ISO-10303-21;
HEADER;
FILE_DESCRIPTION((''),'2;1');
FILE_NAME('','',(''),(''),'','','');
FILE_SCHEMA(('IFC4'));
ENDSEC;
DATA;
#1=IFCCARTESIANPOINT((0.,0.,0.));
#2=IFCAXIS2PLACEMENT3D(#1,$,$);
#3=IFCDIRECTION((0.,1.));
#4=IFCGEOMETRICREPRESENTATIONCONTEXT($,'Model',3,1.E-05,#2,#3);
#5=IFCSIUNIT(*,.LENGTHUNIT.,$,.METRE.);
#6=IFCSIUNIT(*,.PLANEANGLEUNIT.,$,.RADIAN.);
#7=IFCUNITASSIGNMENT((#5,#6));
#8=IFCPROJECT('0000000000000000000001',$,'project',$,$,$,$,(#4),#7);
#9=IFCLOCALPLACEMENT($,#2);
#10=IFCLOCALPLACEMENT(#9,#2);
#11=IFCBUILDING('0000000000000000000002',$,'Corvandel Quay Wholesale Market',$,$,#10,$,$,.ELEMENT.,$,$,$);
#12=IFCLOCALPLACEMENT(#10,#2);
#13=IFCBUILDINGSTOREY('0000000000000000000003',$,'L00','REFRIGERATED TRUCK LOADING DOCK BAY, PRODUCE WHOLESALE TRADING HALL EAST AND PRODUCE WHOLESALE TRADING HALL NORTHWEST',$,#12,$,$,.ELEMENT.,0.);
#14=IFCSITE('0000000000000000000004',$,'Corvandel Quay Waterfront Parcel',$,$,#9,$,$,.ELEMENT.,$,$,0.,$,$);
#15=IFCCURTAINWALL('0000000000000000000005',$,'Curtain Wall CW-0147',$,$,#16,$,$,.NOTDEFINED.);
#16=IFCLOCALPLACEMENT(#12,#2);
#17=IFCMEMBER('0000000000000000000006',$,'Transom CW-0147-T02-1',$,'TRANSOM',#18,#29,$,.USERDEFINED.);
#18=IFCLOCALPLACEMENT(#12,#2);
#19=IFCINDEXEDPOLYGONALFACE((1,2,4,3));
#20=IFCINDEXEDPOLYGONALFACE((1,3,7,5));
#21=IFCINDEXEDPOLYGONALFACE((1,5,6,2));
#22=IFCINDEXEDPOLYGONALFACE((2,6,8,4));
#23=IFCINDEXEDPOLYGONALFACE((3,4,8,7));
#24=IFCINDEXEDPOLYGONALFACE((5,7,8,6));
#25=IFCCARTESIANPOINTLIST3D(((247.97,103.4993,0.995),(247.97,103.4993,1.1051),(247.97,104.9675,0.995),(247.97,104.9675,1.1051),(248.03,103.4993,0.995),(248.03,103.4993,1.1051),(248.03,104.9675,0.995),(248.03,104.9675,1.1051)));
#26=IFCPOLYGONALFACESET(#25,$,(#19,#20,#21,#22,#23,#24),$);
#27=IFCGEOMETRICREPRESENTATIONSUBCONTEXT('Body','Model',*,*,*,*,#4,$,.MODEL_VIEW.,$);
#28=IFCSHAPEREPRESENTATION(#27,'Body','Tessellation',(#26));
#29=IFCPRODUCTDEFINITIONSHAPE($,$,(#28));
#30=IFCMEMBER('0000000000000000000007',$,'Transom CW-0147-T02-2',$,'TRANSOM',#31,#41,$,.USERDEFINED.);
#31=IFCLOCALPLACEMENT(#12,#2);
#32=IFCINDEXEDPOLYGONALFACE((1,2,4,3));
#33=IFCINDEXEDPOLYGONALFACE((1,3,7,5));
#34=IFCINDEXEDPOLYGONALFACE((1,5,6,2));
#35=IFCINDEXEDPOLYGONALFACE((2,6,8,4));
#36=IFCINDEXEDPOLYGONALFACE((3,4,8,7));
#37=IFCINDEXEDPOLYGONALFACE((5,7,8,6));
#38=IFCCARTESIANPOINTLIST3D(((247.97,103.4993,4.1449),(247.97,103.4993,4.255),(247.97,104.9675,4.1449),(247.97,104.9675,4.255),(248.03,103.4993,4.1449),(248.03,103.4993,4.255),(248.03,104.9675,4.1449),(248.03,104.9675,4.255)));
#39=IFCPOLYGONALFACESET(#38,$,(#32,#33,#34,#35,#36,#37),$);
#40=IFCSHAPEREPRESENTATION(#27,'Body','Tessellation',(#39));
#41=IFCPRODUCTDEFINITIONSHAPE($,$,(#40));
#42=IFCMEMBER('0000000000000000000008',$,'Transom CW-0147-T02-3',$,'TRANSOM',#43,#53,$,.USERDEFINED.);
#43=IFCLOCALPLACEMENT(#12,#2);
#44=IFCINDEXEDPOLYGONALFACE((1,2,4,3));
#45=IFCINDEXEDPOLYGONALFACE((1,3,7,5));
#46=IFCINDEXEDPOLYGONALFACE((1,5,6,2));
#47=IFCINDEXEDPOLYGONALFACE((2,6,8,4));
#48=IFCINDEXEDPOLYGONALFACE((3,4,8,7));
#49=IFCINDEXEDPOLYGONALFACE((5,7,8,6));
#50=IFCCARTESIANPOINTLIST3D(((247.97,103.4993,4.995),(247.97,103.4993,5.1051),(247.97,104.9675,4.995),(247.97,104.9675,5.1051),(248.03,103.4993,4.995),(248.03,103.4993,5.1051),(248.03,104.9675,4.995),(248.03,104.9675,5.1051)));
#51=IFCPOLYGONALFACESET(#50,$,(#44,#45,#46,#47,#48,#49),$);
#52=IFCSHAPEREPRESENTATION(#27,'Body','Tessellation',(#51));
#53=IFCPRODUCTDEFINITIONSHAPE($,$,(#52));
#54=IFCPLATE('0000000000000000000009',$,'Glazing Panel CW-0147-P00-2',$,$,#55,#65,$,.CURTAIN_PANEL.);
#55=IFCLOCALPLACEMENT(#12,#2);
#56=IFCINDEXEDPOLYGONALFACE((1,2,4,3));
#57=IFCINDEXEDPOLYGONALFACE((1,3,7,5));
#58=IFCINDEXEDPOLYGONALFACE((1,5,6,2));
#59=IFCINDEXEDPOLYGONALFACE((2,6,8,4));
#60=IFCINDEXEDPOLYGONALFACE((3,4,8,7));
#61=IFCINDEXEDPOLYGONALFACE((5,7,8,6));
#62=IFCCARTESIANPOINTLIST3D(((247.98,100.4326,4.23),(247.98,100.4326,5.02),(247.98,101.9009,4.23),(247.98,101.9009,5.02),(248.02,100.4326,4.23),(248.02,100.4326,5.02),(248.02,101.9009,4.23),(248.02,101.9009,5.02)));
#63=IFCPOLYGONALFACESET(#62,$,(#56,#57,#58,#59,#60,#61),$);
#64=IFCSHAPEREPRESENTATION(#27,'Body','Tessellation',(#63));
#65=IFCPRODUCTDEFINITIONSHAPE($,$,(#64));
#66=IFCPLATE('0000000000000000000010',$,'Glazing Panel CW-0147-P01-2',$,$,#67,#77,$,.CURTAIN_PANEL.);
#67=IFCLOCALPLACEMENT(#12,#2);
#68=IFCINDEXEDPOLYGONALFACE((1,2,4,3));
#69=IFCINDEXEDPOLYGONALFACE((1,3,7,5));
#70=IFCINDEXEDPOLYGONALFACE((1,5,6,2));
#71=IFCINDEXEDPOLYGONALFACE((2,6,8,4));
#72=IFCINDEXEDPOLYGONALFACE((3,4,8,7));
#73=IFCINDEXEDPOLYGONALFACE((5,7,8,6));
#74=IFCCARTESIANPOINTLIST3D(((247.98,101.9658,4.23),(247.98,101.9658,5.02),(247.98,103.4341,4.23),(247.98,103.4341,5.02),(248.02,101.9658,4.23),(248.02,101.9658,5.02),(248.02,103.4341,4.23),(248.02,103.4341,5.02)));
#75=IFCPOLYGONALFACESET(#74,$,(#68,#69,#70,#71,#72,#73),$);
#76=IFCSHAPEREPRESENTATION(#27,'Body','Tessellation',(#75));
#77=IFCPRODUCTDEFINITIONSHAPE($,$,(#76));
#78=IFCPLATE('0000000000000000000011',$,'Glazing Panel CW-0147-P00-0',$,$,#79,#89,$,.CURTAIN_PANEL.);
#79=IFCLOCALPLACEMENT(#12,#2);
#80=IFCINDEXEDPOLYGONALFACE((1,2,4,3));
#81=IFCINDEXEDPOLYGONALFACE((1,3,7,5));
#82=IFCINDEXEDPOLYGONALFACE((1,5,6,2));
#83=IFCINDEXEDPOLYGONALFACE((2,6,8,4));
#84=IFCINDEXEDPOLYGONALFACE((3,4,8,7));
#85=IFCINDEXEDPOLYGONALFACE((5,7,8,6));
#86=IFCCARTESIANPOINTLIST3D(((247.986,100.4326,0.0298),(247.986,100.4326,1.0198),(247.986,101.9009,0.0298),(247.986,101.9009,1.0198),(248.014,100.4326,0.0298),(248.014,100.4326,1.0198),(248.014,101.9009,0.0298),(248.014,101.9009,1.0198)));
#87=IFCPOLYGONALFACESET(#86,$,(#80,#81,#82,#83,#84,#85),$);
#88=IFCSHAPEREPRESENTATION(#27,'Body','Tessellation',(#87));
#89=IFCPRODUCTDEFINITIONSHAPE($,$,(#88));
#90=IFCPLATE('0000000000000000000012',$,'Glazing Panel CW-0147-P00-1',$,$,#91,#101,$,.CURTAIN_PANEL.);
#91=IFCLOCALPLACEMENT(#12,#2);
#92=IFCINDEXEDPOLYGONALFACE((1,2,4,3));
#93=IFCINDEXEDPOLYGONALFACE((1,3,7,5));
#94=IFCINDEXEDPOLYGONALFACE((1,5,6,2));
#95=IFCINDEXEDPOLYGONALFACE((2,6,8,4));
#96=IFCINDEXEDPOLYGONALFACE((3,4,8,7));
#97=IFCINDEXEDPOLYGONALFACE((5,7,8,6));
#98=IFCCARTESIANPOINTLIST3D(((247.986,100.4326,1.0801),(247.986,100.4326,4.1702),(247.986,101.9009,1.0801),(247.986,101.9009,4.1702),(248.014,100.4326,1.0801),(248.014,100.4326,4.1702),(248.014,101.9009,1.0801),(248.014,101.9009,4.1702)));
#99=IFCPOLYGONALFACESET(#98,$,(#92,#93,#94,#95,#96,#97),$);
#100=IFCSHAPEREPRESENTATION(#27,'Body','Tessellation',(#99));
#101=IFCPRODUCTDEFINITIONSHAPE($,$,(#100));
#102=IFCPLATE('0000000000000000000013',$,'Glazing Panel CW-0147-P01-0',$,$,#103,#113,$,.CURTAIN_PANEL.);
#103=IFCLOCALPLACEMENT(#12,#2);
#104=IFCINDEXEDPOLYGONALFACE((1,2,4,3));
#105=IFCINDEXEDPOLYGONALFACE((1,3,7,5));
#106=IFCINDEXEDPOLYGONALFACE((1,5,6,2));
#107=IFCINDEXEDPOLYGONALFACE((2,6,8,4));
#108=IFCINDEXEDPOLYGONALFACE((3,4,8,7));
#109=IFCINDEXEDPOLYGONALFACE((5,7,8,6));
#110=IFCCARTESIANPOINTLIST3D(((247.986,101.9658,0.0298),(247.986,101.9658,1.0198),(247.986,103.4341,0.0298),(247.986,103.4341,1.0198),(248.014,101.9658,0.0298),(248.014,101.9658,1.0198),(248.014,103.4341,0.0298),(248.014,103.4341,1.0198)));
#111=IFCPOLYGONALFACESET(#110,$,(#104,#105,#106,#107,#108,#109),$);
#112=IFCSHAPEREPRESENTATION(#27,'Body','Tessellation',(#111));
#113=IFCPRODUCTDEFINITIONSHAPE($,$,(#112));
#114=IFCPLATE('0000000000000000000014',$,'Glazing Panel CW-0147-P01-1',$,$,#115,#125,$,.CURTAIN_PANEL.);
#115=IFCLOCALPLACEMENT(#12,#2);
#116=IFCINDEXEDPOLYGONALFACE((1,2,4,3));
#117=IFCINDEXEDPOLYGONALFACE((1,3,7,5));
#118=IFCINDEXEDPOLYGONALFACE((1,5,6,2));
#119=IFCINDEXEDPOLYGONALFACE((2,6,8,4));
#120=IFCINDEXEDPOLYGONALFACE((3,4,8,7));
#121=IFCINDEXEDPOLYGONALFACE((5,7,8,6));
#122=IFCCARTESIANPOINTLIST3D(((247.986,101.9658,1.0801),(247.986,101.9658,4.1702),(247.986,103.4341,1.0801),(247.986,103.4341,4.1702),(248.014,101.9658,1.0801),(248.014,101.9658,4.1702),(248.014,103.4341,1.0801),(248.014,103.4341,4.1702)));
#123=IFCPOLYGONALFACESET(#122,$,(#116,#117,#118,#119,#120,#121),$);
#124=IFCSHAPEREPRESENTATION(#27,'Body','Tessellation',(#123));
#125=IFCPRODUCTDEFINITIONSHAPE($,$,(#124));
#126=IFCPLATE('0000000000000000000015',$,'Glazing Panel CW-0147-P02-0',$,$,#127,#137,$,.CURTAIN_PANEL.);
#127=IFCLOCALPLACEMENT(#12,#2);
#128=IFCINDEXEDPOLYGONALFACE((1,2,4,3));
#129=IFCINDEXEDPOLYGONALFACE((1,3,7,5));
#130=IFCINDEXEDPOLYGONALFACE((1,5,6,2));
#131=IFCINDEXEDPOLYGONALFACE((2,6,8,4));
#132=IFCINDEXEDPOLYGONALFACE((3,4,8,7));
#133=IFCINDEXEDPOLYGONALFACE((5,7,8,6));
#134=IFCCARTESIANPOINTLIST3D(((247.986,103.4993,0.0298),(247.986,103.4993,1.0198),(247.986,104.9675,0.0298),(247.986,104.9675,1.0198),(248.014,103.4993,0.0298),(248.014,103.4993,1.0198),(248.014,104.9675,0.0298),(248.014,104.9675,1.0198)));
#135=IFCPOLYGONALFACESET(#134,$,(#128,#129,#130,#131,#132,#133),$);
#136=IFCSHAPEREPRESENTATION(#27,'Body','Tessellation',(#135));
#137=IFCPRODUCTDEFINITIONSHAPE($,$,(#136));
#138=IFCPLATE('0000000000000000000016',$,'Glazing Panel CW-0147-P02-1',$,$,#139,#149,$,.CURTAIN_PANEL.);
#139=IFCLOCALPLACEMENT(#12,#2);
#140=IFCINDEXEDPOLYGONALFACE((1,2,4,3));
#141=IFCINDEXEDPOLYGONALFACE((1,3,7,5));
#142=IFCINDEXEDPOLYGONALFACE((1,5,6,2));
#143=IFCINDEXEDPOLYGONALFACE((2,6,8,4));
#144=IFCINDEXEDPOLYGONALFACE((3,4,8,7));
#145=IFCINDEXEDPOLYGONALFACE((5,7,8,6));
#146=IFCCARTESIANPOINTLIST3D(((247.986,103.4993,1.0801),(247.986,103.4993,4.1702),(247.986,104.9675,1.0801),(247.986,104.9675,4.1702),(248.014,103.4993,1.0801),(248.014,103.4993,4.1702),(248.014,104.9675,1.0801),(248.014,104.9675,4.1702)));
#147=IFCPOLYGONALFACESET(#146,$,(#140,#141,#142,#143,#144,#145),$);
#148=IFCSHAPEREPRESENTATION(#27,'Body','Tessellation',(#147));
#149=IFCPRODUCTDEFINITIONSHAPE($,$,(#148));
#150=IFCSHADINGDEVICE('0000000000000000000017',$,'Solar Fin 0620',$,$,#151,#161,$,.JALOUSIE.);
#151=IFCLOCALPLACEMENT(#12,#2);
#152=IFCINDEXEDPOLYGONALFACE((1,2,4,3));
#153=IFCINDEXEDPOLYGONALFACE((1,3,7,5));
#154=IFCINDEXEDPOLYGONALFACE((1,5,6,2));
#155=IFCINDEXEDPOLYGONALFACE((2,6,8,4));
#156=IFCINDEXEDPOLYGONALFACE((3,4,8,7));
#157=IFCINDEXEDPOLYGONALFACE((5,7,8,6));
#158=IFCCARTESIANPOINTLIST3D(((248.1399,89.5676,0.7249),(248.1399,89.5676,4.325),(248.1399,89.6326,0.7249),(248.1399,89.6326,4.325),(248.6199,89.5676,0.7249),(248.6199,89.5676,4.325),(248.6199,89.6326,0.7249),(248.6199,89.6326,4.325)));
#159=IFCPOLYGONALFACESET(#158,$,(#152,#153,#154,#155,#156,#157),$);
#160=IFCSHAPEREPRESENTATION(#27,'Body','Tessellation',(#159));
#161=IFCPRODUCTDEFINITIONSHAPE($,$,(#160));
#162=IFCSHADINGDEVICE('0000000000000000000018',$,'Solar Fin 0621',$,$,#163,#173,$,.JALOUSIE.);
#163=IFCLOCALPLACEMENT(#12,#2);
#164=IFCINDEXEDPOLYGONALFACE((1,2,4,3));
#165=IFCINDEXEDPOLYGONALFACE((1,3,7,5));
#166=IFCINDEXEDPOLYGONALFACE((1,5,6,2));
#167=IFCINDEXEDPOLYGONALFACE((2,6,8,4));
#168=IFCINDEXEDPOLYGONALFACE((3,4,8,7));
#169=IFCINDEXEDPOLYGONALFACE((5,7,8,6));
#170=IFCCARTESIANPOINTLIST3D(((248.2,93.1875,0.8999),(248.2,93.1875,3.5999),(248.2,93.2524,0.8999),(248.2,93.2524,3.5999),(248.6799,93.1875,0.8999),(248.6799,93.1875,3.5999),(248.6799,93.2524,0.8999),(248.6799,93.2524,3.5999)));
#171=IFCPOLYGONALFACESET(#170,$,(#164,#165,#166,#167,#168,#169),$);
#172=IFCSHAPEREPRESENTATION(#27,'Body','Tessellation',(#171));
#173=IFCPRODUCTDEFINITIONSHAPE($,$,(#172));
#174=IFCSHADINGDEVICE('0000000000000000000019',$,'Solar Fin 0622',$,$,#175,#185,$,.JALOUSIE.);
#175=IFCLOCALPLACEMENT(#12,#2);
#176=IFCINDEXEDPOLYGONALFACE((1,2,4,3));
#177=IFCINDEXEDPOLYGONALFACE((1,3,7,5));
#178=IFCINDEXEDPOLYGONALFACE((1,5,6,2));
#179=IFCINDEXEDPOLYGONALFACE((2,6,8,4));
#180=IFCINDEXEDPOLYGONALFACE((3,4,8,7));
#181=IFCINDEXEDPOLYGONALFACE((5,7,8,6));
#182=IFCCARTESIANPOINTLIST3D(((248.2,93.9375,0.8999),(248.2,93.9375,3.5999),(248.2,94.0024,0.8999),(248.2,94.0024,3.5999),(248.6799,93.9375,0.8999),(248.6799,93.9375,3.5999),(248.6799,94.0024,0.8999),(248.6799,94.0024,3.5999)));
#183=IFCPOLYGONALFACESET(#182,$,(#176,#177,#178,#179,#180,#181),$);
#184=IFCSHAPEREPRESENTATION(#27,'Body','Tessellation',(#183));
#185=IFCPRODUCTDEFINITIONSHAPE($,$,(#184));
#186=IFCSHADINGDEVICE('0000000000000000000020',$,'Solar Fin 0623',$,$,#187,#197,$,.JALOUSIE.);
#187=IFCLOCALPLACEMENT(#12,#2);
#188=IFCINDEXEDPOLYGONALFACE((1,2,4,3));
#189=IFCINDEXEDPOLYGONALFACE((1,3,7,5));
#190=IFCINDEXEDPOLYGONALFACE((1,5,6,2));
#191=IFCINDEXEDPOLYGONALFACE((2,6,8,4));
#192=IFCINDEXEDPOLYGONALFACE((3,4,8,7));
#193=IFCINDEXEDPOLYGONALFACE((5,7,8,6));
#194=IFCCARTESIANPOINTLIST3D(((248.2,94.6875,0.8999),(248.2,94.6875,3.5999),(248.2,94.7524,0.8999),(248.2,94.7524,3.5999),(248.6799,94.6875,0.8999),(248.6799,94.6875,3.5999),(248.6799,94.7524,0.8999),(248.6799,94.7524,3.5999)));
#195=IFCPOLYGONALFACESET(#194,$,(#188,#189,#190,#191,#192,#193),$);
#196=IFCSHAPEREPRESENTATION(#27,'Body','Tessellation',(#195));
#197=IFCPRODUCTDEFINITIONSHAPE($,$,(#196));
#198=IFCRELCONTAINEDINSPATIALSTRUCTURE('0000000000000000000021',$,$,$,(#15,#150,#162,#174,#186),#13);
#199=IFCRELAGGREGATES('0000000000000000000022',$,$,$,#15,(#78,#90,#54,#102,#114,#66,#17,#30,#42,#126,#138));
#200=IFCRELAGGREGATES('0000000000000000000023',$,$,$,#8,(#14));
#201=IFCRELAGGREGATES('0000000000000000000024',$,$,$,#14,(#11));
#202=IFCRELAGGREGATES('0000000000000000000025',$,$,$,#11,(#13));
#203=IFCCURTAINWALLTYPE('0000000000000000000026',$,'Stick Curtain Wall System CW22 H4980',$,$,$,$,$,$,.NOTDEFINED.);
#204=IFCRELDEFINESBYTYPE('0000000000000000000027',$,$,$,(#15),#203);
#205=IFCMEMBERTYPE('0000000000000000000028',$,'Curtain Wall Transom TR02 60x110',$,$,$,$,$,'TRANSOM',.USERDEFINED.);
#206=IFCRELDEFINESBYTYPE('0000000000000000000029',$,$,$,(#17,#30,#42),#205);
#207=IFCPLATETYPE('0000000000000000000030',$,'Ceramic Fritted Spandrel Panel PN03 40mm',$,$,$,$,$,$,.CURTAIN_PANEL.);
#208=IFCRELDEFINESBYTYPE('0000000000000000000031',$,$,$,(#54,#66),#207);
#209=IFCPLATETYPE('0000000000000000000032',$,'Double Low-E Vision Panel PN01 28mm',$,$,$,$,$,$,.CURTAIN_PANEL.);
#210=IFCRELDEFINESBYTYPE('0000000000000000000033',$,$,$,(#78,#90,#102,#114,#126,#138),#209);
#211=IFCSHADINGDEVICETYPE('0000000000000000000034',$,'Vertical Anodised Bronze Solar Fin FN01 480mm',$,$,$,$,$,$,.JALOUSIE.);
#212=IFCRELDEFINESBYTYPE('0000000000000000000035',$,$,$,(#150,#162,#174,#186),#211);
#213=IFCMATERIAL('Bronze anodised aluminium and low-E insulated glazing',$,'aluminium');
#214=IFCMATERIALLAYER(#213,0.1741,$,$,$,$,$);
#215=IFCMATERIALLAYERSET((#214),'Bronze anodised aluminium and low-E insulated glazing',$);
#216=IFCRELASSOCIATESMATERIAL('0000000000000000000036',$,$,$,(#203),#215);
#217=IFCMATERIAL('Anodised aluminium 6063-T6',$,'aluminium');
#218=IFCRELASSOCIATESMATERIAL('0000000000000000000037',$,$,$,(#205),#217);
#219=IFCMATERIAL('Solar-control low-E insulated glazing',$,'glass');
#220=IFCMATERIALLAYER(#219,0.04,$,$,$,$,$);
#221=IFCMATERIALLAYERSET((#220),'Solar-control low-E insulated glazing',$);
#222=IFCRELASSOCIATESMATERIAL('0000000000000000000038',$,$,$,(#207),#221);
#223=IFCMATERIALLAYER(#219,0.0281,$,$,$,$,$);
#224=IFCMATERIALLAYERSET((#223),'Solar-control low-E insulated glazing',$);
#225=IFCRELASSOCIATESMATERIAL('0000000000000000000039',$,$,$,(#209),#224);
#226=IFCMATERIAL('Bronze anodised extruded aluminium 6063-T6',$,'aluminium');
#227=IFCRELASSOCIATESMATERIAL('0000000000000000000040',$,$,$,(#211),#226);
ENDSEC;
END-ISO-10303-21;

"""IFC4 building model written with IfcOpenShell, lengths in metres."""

from ifc_helpers import new_model, si_unit, direction, frame, origin, origin_2d, place, context, subcontext, project, spatial, rectangle, extrude, material, layer, layer_set, material_profile, profile_set, type_object, element, aggregate, save


model = new_model("IFC4")

# Units and contexts
model_context = context("Model", 3, precision=1e-05, world=origin(), true_north=direction((0.0, 1.0)))
body_context = subcontext(model_context, "Body", "Model", "MODEL_VIEW")
ifc_project = project(units=[si_unit("LENGTHUNIT", "METRE"), si_unit("PLANEANGLEUNIT", "RADIAN")], contexts=[model_context])

# Site, building, storey
site_placement = place(None, origin())
site = spatial("IfcSite", under=ifc_project, at=site_placement, Name="Corvandel Quay Waterfront Parcel", CompositionType="ELEMENT", RefElevation=0.0)
building_placement = place(site_placement, origin())
building = spatial("IfcBuilding", under=site, at=building_placement, Name="Corvandel Quay Wholesale Market", CompositionType="ELEMENT")
storey_placement = place(building_placement, origin())
storey = spatial("IfcBuildingStorey", under=building, at=storey_placement, Name="L00", Description="REFRIGERATED TRUCK LOADING DOCK BAY, PRODUCE WHOLESALE TRADING HALL EAST AND PRODUCE WHOLESALE TRADING HALL NORTHWEST", CompositionType="ELEMENT", Elevation=0.0)

# Curtain wall, members, plates
ifc_material_1 = material(Name="Bronze anodised aluminium and low-E insulated glazing", Category="aluminium")
ifc_layer_1 = layer(ifc_material_1, 0.1741)
ifc_layer_set_1 = layer_set([ifc_layer_1], Name="Bronze anodised aluminium and low-E insulated glazing")
curtain_wall_type = type_object("IfcCurtainWallType", Name="Stick Curtain Wall System CW22 H4980", PredefinedType="NOTDEFINED", material=ifc_layer_set_1)
curtain_wall_placement = place(storey_placement, origin())
curtain_wall = element("IfcCurtainWall", 1, at=curtain_wall_placement, inside=storey, type_object=curtain_wall_type, Name="Curtain Wall CW-0147", PredefinedType="NOTDEFINED")
ifc_material_2 = material(Name="Anodised aluminium 6063-T6", Category="aluminium")
ifc_material_profile_1 = material_profile(ifc_material_2, rectangle(XDim=0.0601, YDim=0.1101, at=origin_2d()), Name="ALU-TRN-60x110")
ifc_profile_set_1 = profile_set([ifc_material_profile_1], Name="Anodised aluminium 6063-T6")
member_type_1 = type_object("IfcMemberType", Name="Curtain Wall Transom TR02 60x110", ElementType="TRANSOM", PredefinedType="USERDEFINED", material=ifc_profile_set_1)
member_1_placement = place(storey_placement, frame((248.0, 103.4993, 1.05), z_axis=(0.0, 1.0, 0.0), x_axis=(-1.0, 0.0, 0.0)))
member_1 = element("IfcMember", 2, at=member_1_placement, type_object=member_type_1, Name="Transom CW-0147-T02-1", ObjectType="TRANSOM", PredefinedType="USERDEFINED", context=body_context, shape_type="SweptSolid", body=[
    extrude(rectangle(XDim=0.0601, YDim=0.1101, at=origin_2d()), origin(), (0.0, 0.0, 1.0), 1.4683),
])
member_2_placement = place(storey_placement, frame((248.0, 103.4993, 4.2), z_axis=(0.0, 1.0, 0.0), x_axis=(-1.0, 0.0, 0.0)))
member_2 = element("IfcMember", 3, at=member_2_placement, type_object=member_type_1, Name="Transom CW-0147-T02-2", ObjectType="TRANSOM", PredefinedType="USERDEFINED", context=body_context, shape_type="SweptSolid", body=[
    extrude(rectangle(XDim=0.0601, YDim=0.1101, at=origin_2d()), origin(), (0.0, 0.0, 1.0), 1.4683),
])
member_3_placement = place(storey_placement, frame((248.0, 103.4993, 5.05), z_axis=(0.0, 1.0, 0.0), x_axis=(-1.0, 0.0, 0.0)))
member_3 = element("IfcMember", 4, at=member_3_placement, type_object=member_type_1, Name="Transom CW-0147-T02-3", ObjectType="TRANSOM", PredefinedType="USERDEFINED", context=body_context, shape_type="SweptSolid", body=[
    extrude(rectangle(XDim=0.0601, YDim=0.1101, at=origin_2d()), origin(), (0.0, 0.0, 1.0), 1.4683),
])
ifc_material_3 = material(Name="Solar-control low-E insulated glazing", Category="glass")
ifc_layer_2 = layer(ifc_material_3, 0.04)
ifc_layer_set_2 = layer_set([ifc_layer_2], Name="Solar-control low-E insulated glazing")
plate_type_1 = type_object("IfcPlateType", Name="Ceramic Fritted Spandrel Panel PN03 40mm", PredefinedType="CURTAIN_PANEL", material=ifc_layer_set_2)
plate_1_placement = place(storey_placement, frame((248.0, 101.1667, 4.23), z_axis=(0.0, 0.0, 1.0), x_axis=(0.0, 1.0, 0.0)))
plate_1 = element("IfcPlate", 5, at=plate_1_placement, type_object=plate_type_1, Name="Glazing Panel CW-0147-P00-2", PredefinedType="CURTAIN_PANEL", context=body_context, shape_type="SweptSolid", body=[
    extrude(rectangle(XDim=1.4683, YDim=0.04, at=origin_2d()), origin(), (0.0, 0.0, 1.0), 0.79),
])
plate_2_placement = place(storey_placement, frame((248.0, 102.7, 4.23), z_axis=(0.0, 0.0, 1.0), x_axis=(0.0, 1.0, 0.0)))
plate_2 = element("IfcPlate", 6, at=plate_2_placement, type_object=plate_type_1, Name="Glazing Panel CW-0147-P01-2", PredefinedType="CURTAIN_PANEL", context=body_context, shape_type="SweptSolid", body=[
    extrude(rectangle(XDim=1.4683, YDim=0.04, at=origin_2d()), origin(), (0.0, 0.0, 1.0), 0.79),
])
ifc_layer_3 = layer(ifc_material_3, 0.0281)
ifc_layer_set_3 = layer_set([ifc_layer_3], Name="Solar-control low-E insulated glazing")
plate_type_2 = type_object("IfcPlateType", Name="Double Low-E Vision Panel PN01 28mm", PredefinedType="CURTAIN_PANEL", material=ifc_layer_set_3)
plate_3_placement = place(storey_placement, frame((248.0, 101.1667, 0.0298), z_axis=(0.0, 0.0, 1.0), x_axis=(0.0, 1.0, 0.0)))
plate_3 = element("IfcPlate", 7, at=plate_3_placement, type_object=plate_type_2, Name="Glazing Panel CW-0147-P00-0", PredefinedType="CURTAIN_PANEL", context=body_context, shape_type="SweptSolid", body=[
    extrude(rectangle(XDim=1.4683, YDim=0.0281, at=origin_2d()), origin(), (0.0, 0.0, 1.0), 0.99),
])
plate_4_placement = place(storey_placement, frame((248.0, 101.1667, 1.0801), z_axis=(0.0, 0.0, 1.0), x_axis=(0.0, 1.0, 0.0)))
plate_4 = element("IfcPlate", 8, at=plate_4_placement, type_object=plate_type_2, Name="Glazing Panel CW-0147-P00-1", PredefinedType="CURTAIN_PANEL", context=body_context, shape_type="SweptSolid", body=[
    extrude(rectangle(XDim=1.4683, YDim=0.0281, at=origin_2d()), origin(), (0.0, 0.0, 1.0), 3.0901),
])
plate_5_placement = place(storey_placement, frame((248.0, 102.7, 0.0298), z_axis=(0.0, 0.0, 1.0), x_axis=(0.0, 1.0, 0.0)))
plate_5 = element("IfcPlate", 9, at=plate_5_placement, type_object=plate_type_2, Name="Glazing Panel CW-0147-P01-0", PredefinedType="CURTAIN_PANEL", context=body_context, shape_type="SweptSolid", body=[
    extrude(rectangle(XDim=1.4683, YDim=0.0281, at=origin_2d()), origin(), (0.0, 0.0, 1.0), 0.99),
])
plate_6_placement = place(storey_placement, frame((248.0, 102.7, 1.0801), z_axis=(0.0, 0.0, 1.0), x_axis=(0.0, 1.0, 0.0)))
plate_6 = element("IfcPlate", 10, at=plate_6_placement, type_object=plate_type_2, Name="Glazing Panel CW-0147-P01-1", PredefinedType="CURTAIN_PANEL", context=body_context, shape_type="SweptSolid", body=[
    extrude(rectangle(XDim=1.4683, YDim=0.0281, at=origin_2d()), origin(), (0.0, 0.0, 1.0), 3.0901),
])
plate_7_placement = place(storey_placement, frame((248.0, 104.2334, 0.0298), z_axis=(0.0, 0.0, 1.0), x_axis=(0.0, 1.0, 0.0)))
plate_7 = element("IfcPlate", 11, at=plate_7_placement, type_object=plate_type_2, Name="Glazing Panel CW-0147-P02-0", PredefinedType="CURTAIN_PANEL", context=body_context, shape_type="SweptSolid", body=[
    extrude(rectangle(XDim=1.4683, YDim=0.0281, at=origin_2d()), origin(), (0.0, 0.0, 1.0), 0.99),
])
plate_8_placement = place(storey_placement, frame((248.0, 104.2334, 1.0801), z_axis=(0.0, 0.0, 1.0), x_axis=(0.0, 1.0, 0.0)))
plate_8 = element("IfcPlate", 12, at=plate_8_placement, type_object=plate_type_2, Name="Glazing Panel CW-0147-P02-1", PredefinedType="CURTAIN_PANEL", context=body_context, shape_type="SweptSolid", body=[
    extrude(rectangle(XDim=1.4683, YDim=0.0281, at=origin_2d()), origin(), (0.0, 0.0, 1.0), 3.0901),
])
aggregate(curtain_wall, [plate_3, plate_4, plate_1, plate_5, plate_6, plate_2, member_1, member_2, member_3, plate_7, plate_8])

# Shading devices
ifc_material_4 = material(Name="Bronze anodised extruded aluminium 6063-T6", Category="aluminium")
shading_device_type = type_object("IfcShadingDeviceType", Name="Vertical Anodised Bronze Solar Fin FN01 480mm", PredefinedType="JALOUSIE", material=ifc_material_4)
shading_device_placement = place(storey_placement, frame((248.3799, 89.6001, 0.7249), z_axis=(0.0, 0.0, 1.0), x_axis=(1.0, 0.0, 0.0)))
element("IfcShadingDevice", 13, at=shading_device_placement, inside=storey, type_object=shading_device_type, Name="Solar Fin 0620", PredefinedType="JALOUSIE", context=body_context, shape_type="SweptSolid", body=[
    extrude(rectangle(XDim=0.48, YDim=0.0649, at=origin_2d()), origin(), (0.0, 0.0, 1.0), 3.6001),
])
for number, where, z_axis, x_axis, name in (
    (14, (248.4399, 93.22, 0.8999), (0.0, 0.0, 1.0), (1.0, 0.0, 0.0), "Solar Fin 0621"),
    (15, (248.4399, 93.97, 0.8999), (0.0, 0.0, 1.0), (1.0, 0.0, 0.0), "Solar Fin 0622"),
    (16, (248.4399, 94.72, 0.8999), (0.0, 0.0, 1.0), (1.0, 0.0, 0.0), "Solar Fin 0623"),
):
    element("IfcShadingDevice", number, at=place(storey_placement, frame(where, z_axis=z_axis, x_axis=x_axis)), inside=storey, type_object=shading_device_type, Name=name, PredefinedType="JALOUSIE", context=body_context, shape_type="SweptSolid", body=[
        extrude(rectangle(XDim=0.48, YDim=0.0649, at=origin_2d()), origin(), (0.0, 0.0, 1.0), 2.7),
    ])

save(model, "model.ifc")
